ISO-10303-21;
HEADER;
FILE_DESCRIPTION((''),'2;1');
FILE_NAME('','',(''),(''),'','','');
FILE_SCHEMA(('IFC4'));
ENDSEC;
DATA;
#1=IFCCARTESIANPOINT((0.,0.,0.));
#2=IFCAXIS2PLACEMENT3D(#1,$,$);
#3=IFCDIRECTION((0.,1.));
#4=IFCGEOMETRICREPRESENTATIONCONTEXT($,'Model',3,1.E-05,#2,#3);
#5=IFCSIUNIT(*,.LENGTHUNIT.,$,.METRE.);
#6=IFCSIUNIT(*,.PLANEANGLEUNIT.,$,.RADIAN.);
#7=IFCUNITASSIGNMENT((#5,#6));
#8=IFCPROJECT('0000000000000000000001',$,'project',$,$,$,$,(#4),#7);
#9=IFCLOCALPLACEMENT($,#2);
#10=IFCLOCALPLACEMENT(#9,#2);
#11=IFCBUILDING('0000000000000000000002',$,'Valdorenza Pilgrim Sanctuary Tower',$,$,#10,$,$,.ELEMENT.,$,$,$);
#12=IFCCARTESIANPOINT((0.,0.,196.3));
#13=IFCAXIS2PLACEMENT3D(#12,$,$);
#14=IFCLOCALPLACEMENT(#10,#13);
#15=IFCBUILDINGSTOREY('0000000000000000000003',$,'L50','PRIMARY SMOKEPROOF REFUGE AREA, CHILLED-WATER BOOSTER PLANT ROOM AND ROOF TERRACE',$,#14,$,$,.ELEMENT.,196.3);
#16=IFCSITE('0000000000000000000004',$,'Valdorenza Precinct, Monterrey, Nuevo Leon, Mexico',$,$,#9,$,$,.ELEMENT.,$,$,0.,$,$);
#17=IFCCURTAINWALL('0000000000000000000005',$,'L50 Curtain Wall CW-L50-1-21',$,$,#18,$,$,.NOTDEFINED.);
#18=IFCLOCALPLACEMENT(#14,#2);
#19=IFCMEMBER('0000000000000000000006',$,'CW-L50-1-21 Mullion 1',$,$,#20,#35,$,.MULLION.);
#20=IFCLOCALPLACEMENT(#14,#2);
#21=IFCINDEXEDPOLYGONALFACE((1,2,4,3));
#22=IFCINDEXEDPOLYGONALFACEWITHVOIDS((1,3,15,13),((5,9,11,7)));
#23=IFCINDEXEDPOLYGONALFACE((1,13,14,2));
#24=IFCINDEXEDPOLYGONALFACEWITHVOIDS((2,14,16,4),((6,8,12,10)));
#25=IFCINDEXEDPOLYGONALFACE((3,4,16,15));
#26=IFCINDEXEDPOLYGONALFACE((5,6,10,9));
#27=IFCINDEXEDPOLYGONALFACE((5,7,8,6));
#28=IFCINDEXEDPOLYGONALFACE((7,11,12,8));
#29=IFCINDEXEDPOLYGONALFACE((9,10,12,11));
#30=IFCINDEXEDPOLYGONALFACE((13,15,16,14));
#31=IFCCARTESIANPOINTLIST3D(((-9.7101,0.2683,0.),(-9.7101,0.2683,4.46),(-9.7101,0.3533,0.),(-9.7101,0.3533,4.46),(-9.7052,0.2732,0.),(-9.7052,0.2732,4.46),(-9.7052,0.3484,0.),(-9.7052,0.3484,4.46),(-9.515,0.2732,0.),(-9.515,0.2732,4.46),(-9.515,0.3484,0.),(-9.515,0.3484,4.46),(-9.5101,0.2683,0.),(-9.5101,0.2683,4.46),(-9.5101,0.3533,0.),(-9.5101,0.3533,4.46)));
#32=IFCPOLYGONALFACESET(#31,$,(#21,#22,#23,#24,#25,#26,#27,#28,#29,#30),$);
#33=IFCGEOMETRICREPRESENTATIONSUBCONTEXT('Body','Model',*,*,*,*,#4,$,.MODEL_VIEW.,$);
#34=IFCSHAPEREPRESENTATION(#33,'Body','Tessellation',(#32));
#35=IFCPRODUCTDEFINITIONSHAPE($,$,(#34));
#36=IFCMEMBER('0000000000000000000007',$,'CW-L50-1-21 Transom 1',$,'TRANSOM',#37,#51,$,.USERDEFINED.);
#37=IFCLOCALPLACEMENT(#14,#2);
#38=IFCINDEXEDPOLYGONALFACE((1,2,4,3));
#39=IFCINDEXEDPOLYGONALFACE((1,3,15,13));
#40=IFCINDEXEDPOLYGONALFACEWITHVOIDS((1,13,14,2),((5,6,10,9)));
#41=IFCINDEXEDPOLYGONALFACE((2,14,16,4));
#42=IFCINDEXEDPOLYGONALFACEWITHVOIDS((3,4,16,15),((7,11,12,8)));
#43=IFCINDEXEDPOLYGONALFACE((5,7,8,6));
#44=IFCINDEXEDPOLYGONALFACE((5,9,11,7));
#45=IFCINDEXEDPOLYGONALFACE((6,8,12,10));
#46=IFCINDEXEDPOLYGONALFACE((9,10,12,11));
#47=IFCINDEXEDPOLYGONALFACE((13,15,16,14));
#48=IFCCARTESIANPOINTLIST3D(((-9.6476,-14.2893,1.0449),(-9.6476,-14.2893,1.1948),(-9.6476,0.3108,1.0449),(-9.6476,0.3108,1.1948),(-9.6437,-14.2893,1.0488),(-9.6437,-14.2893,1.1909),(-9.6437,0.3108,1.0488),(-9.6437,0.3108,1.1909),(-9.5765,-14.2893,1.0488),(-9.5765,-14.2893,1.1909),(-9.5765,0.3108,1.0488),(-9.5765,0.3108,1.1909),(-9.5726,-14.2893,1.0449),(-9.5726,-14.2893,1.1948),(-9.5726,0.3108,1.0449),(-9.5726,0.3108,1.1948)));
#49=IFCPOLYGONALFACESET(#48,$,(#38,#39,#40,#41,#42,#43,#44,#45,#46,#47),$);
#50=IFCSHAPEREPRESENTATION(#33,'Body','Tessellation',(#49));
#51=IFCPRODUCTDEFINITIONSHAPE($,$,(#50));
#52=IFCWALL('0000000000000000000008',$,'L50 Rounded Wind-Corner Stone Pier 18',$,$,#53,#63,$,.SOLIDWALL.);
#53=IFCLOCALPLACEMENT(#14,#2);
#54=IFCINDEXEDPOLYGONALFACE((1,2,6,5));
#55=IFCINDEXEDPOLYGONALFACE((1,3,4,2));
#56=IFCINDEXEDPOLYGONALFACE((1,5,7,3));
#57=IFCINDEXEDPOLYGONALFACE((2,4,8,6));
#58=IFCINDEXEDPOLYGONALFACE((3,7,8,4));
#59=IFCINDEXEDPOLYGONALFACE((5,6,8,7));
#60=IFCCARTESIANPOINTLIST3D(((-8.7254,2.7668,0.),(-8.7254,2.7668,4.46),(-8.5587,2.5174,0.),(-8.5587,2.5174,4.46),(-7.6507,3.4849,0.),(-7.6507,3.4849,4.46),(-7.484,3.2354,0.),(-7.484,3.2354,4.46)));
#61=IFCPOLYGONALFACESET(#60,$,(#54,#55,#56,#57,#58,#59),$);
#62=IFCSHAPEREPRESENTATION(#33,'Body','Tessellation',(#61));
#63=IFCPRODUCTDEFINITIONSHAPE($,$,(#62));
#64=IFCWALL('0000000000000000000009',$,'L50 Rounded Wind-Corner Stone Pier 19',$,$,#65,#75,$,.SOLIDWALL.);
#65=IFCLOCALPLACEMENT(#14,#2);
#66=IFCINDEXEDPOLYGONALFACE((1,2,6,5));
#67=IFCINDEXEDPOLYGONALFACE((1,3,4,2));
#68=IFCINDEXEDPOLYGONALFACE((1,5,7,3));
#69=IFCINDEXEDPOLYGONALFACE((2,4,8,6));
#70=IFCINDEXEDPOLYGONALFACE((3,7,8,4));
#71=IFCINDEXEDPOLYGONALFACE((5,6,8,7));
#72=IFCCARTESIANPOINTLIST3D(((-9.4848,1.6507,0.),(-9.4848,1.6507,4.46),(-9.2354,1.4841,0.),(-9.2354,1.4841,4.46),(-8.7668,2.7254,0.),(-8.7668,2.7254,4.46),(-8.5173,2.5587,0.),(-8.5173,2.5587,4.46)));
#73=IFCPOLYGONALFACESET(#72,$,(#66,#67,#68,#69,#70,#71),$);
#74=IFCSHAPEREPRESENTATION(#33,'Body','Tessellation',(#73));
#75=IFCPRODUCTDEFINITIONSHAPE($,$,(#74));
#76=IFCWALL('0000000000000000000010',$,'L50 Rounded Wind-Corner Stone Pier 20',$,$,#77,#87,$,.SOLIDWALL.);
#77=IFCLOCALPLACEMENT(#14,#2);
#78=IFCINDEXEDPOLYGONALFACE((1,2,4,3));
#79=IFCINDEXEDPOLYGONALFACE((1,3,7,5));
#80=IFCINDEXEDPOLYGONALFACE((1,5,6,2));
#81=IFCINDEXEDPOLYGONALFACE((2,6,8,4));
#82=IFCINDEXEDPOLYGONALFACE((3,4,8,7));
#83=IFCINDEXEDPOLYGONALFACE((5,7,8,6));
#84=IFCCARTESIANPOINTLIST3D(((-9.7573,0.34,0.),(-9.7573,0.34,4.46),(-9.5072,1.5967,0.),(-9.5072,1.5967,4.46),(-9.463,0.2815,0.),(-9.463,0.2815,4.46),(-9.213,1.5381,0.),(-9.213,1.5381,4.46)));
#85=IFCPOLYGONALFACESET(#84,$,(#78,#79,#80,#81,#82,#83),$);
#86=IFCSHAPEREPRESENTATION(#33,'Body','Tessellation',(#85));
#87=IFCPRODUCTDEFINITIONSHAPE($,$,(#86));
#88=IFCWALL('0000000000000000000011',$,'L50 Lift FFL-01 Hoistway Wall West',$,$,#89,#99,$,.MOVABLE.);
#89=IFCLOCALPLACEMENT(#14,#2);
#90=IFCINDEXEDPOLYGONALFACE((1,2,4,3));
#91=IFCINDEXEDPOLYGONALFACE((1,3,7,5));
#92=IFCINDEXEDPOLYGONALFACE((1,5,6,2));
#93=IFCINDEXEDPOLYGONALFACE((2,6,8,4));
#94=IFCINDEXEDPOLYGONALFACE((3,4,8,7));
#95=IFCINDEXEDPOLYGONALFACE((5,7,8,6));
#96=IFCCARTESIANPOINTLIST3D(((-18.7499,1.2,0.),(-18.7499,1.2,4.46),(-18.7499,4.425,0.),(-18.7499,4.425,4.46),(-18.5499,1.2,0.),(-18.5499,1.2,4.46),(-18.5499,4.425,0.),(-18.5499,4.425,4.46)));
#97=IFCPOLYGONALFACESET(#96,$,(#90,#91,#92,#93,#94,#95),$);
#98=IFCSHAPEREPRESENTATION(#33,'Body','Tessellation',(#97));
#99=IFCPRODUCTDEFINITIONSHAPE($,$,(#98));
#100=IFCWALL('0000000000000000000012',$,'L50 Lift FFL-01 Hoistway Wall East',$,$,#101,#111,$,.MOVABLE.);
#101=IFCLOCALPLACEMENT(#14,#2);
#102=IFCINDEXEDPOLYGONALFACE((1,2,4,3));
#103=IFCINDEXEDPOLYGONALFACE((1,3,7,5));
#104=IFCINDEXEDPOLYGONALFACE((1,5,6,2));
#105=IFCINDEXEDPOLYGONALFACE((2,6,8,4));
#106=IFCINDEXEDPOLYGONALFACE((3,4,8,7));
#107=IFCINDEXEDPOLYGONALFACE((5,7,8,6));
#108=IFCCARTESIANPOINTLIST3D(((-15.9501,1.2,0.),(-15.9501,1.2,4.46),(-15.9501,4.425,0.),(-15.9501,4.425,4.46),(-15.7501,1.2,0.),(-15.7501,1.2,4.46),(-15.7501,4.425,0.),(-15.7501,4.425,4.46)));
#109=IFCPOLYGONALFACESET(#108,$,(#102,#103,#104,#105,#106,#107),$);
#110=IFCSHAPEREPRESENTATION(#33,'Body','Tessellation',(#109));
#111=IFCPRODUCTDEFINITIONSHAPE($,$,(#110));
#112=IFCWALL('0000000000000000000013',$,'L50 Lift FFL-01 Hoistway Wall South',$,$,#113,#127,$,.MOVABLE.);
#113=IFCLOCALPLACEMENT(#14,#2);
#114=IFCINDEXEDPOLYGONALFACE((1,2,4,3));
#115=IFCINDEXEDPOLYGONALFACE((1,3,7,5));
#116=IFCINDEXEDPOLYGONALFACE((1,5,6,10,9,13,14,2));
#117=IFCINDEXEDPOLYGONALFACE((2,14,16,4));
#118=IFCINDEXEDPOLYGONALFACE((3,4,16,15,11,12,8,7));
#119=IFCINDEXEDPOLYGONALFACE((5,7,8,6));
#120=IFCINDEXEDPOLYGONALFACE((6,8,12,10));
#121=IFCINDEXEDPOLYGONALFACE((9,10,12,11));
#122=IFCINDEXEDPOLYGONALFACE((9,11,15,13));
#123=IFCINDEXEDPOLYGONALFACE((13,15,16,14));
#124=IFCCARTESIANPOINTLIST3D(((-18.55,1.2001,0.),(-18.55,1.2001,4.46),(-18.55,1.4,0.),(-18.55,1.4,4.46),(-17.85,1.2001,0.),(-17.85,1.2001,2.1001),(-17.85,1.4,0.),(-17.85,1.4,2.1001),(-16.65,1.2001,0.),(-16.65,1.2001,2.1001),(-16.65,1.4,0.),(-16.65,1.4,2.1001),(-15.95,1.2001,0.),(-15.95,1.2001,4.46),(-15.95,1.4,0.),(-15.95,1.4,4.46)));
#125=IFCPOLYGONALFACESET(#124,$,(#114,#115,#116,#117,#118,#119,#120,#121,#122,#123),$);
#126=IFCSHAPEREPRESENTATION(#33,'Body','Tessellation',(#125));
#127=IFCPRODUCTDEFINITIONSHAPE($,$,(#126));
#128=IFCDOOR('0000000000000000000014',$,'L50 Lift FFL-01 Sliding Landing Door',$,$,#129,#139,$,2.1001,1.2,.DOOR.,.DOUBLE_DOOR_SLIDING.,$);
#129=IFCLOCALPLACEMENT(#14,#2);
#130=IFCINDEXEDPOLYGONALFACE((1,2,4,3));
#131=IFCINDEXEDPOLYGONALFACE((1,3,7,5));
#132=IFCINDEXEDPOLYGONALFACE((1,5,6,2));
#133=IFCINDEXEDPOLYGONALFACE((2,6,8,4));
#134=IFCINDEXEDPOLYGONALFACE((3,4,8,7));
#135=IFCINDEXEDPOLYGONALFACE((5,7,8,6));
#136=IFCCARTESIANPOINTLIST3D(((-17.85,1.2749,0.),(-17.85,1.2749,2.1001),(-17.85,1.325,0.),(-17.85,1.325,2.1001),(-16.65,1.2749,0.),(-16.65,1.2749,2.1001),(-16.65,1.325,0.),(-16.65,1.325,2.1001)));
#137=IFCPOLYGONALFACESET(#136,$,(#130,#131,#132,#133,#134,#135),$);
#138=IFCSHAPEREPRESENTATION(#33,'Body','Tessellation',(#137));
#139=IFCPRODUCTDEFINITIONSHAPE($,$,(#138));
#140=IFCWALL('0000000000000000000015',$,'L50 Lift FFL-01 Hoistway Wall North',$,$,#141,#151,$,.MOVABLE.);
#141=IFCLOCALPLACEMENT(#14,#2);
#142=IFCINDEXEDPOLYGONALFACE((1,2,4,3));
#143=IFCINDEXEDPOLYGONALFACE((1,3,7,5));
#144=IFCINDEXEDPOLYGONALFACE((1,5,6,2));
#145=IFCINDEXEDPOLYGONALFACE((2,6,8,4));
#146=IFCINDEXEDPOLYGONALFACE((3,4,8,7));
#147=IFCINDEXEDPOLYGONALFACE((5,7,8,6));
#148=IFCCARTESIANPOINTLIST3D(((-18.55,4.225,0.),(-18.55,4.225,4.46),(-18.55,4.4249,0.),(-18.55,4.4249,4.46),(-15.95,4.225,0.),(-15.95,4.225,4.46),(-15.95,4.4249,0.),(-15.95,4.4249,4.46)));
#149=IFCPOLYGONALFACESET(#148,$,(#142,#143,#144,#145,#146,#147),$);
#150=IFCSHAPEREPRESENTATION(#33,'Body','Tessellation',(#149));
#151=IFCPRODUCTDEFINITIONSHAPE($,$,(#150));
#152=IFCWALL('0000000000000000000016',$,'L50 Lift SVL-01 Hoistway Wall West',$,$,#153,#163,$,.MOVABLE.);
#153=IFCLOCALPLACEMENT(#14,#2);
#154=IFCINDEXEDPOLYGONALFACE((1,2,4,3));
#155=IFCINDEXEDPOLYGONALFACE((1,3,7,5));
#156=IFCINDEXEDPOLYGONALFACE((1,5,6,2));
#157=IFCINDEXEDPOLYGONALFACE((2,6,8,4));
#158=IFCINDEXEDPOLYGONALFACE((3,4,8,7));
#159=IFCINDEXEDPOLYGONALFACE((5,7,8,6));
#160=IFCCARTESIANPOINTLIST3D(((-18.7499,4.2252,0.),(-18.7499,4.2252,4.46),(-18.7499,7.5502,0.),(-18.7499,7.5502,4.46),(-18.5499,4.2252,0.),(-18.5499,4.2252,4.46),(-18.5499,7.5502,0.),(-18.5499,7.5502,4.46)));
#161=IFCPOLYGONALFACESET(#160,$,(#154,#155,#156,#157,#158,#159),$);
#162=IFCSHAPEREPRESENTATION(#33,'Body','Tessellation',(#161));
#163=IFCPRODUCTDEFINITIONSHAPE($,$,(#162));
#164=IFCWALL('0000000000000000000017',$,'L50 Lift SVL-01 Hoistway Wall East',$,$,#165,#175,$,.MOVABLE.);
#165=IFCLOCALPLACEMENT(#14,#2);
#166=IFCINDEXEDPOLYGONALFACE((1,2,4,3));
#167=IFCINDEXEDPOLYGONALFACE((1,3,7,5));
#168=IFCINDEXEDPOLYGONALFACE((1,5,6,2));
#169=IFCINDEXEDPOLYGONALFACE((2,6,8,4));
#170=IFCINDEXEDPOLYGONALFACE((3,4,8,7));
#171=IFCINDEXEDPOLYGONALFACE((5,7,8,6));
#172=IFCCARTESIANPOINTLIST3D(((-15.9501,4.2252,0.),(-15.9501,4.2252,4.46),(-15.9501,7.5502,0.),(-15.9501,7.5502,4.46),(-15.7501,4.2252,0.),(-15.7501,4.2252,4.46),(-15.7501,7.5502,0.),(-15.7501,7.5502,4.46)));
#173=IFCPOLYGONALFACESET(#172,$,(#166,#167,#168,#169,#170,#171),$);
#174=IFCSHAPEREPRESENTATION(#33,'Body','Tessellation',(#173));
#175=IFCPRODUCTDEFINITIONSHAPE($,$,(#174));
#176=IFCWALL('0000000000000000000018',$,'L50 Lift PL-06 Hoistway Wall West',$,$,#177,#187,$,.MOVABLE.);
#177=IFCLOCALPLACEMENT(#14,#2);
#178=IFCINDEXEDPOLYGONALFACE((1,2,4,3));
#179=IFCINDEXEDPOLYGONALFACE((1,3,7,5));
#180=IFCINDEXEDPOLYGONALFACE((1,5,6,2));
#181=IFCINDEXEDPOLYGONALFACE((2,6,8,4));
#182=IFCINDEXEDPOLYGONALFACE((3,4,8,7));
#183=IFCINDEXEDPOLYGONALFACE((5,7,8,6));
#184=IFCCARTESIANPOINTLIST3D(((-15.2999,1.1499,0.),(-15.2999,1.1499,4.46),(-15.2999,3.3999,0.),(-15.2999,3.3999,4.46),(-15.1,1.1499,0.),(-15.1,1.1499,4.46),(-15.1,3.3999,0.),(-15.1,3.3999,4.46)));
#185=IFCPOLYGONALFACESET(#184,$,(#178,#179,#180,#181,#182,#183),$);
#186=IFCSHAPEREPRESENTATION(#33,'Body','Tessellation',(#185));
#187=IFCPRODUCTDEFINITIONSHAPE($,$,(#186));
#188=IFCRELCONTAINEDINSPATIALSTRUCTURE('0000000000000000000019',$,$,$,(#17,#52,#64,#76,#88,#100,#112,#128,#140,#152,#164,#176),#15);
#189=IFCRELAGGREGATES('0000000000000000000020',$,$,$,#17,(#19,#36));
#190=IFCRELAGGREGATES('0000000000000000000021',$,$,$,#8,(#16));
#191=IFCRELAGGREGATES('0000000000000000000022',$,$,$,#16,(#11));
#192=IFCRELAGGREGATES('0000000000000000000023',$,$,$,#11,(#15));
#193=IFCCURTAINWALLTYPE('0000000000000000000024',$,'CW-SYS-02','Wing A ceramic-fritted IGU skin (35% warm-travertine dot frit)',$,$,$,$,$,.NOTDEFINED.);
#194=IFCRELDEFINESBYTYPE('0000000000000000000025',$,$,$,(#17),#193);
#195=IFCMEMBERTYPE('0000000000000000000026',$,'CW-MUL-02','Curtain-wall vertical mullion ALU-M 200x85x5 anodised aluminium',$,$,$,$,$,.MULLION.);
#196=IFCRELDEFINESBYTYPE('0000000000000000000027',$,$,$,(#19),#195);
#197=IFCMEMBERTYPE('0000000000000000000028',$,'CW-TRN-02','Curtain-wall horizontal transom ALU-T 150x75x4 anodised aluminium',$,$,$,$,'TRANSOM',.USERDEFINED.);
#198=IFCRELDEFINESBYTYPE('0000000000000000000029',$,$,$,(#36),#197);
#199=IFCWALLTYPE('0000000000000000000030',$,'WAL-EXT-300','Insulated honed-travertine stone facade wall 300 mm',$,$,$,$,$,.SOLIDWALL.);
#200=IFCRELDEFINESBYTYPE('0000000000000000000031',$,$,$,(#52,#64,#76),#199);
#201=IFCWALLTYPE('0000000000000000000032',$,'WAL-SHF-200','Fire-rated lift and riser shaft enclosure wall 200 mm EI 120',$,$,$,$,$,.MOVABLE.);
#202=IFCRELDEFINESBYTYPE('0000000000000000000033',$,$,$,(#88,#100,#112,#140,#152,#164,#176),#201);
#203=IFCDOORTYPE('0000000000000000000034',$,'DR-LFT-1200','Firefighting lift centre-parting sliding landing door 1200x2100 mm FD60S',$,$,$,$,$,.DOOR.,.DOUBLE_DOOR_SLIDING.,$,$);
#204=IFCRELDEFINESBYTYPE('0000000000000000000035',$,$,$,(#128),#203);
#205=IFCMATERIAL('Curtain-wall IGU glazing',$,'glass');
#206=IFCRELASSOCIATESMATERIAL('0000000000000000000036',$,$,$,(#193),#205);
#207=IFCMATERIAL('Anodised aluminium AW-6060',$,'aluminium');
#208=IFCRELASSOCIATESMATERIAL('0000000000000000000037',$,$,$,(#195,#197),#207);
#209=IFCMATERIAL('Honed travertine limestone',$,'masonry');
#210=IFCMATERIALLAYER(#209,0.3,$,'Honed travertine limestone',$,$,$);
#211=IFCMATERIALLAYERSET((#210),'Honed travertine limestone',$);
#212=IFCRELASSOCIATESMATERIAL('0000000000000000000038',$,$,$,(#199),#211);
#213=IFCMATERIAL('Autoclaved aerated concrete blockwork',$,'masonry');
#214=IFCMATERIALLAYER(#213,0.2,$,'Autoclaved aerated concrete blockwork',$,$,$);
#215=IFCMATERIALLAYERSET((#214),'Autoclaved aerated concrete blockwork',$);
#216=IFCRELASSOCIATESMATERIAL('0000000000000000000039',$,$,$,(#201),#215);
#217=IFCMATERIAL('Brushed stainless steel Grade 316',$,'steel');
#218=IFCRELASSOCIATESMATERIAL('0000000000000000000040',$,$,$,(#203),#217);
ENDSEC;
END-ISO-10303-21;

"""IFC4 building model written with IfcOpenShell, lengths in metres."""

from ifc_helpers import new_model, si_unit, direction, frame, frame_2d, origin, origin_2d, place, context, subcontext, project, spatial, rectangle, hollow_rectangle, extrude, source, transform, mapped, material, layer, layer_set, material_profile, profile_set, type_object, element, fill, aggregate, save


model = new_model("IFC4")

# Units and contexts
model_context = context("Model", 3, precision=1e-05, world=origin(), true_north=direction((0.0, 1.0)))
body_context = subcontext(model_context, "Body", "Model", "MODEL_VIEW")
ifc_project = project(units=[si_unit("LENGTHUNIT", "METRE"), si_unit("PLANEANGLEUNIT", "RADIAN")], contexts=[model_context])

# Site, building, storey
site_placement = place(None, origin())
site = spatial("IfcSite", under=ifc_project, at=site_placement, Name="Valdorenza Precinct, Monterrey, Nuevo Leon, Mexico", CompositionType="ELEMENT", RefElevation=0.0)
building_placement = place(site_placement, origin())
building = spatial("IfcBuilding", under=site, at=building_placement, Name="Valdorenza Pilgrim Sanctuary Tower", CompositionType="ELEMENT")
storey_placement = place(building_placement, frame((0.0, 0.0, 196.3)))
storey = spatial("IfcBuildingStorey", under=building, at=storey_placement, Name="L50", Description="PRIMARY SMOKEPROOF REFUGE AREA, CHILLED-WATER BOOSTER PLANT ROOM AND ROOF TERRACE", CompositionType="ELEMENT", Elevation=196.3)

# Curtain wall, members
ifc_material_1 = material(Name="Curtain-wall IGU glazing", Category="glass")
curtain_wall_type = type_object("IfcCurtainWallType", Name="CW-SYS-02", Description="Wing A ceramic-fritted IGU skin (35% warm-travertine dot frit)", PredefinedType="NOTDEFINED", material=ifc_material_1)
curtain_wall_placement = place(storey_placement, origin())
curtain_wall = element("IfcCurtainWall", 1, at=curtain_wall_placement, inside=storey, type_object=curtain_wall_type, Name="L50 Curtain Wall CW-L50-1-21", PredefinedType="NOTDEFINED")
ifc_material_2 = material(Name="Anodised aluminium AW-6060", Category="aluminium")
ifc_material_profile_1 = material_profile(ifc_material_2, hollow_rectangle(XDim=0.085, YDim=0.2, WallThickness=0.0049, at=origin_2d()), Name="ALU-M 200x85x5")
ifc_profile_set_1 = profile_set([ifc_material_profile_1], Name="Anodised aluminium AW-6060")
member_type_1 = type_object("IfcMemberType", Name="CW-MUL-02", Description="Curtain-wall vertical mullion ALU-M 200x85x5 anodised aluminium", PredefinedType="MULLION", material=ifc_profile_set_1)
shared_shape_1 = source(origin(), body_context, "Body", "SweptSolid", [
    extrude(hollow_rectangle(XDim=0.085, YDim=0.2, WallThickness=0.0049, at=origin_2d()), origin(), (0.0, 0.0, 1.0), 4.46),
])
member_1_placement = place(storey_placement, frame((-9.6101, 0.3108, 0.0), z_axis=(0.0, 0.0, 1.0), x_axis=(0.0, -1.0, 0.0)))
member_1 = element("IfcMember", 2, at=member_1_placement, type_object=member_type_1, Name="CW-L50-1-21 Mullion 1", PredefinedType="MULLION", context=body_context, shape_type="MappedRepresentation", body=[
    mapped(shared_shape_1, transform((0.0, 0.0, 0.0), x_axis=(1.0, 0.0, 0.0), y_axis=(0.0, 1.0, 0.0), z_axis=(0.0, 0.0, 1.0), scale=1.0)),
])
ifc_material_profile_2 = material_profile(ifc_material_2, hollow_rectangle(XDim=0.075, YDim=0.1499, WallThickness=0.0039, at=origin_2d()), Name="ALU-T 150x75x4")
ifc_profile_set_2 = profile_set([ifc_material_profile_2], Name="Anodised aluminium AW-6060")
member_type_2 = type_object("IfcMemberType", Name="CW-TRN-02", Description="Curtain-wall horizontal transom ALU-T 150x75x4 anodised aluminium", ElementType="TRANSOM", PredefinedType="USERDEFINED", material=ifc_profile_set_2)
shared_shape_2 = source(origin(), body_context, "Body", "SweptSolid", [
    extrude(hollow_rectangle(XDim=0.075, YDim=0.1499, WallThickness=0.0039, at=origin_2d()), origin(), (0.0, 0.0, 1.0), 14.6001),
])
member_2_placement = place(storey_placement, frame((-9.6101, 0.3108, 1.1199), z_axis=(0.0, -1.0, 0.0), x_axis=(1.0, 0.0, 0.0)))
member_2 = element("IfcMember", 3, at=member_2_placement, type_object=member_type_2, Name="CW-L50-1-21 Transom 1", ObjectType="TRANSOM", PredefinedType="USERDEFINED", context=body_context, shape_type="MappedRepresentation", body=[
    mapped(shared_shape_2, transform((0.0, 0.0, 0.0), x_axis=(1.0, 0.0, 0.0), y_axis=(0.0, 1.0, 0.0), z_axis=(0.0, 0.0, 1.0), scale=1.0)),
])
aggregate(curtain_wall, [member_1, member_2])

# Walls
ifc_material_3 = material(Name="Honed travertine limestone", Category="masonry")
ifc_layer_1 = layer(ifc_material_3, 0.3, Name="Honed travertine limestone")
ifc_layer_set_1 = layer_set([ifc_layer_1], Name="Honed travertine limestone")
wall_type_1 = type_object("IfcWallType", Name="WAL-EXT-300", Description="Insulated honed-travertine stone facade wall 300 mm", PredefinedType="SOLIDWALL", material=ifc_layer_set_1)
for number, where, z_axis, x_axis, name in (
    (4, (-7.5674, 3.3601, 0.0), (0.0, 0.0, 1.0), (-0.831498, -0.555528, 0.0), "L50 Rounded Wind-Corner Stone Pier 18"),
    (5, (-8.6421, 2.6421, 0.0), (0.0, 0.0, 1.0), (-0.555528, -0.831498, 0.0), "L50 Rounded Wind-Corner Stone Pier 19"),
):
    element("IfcWall", number, at=place(storey_placement, frame(where, z_axis=z_axis, x_axis=x_axis)), inside=storey, type_object=wall_type_1, Name=name, PredefinedType="SOLIDWALL", context=body_context, shape_type="SweptSolid", body=[
        extrude(rectangle(XDim=1.2925, YDim=0.3, at=frame_2d((0.6462, 0.0))), origin(), (0.0, 0.0, 1.0), 4.46),
    ])
wall_1_placement = place(storey_placement, frame((-9.3601, 1.5674, 0.0), z_axis=(0.0, 0.0, 1.0), x_axis=(-0.195127, -0.980778, 0.0)))
element("IfcWall", 6, at=wall_1_placement, inside=storey, type_object=wall_type_1, Name="L50 Rounded Wind-Corner Stone Pier 20", PredefinedType="SOLIDWALL", context=body_context, shape_type="SweptSolid", body=[
    extrude(rectangle(XDim=1.2812, YDim=0.3, at=frame_2d((0.6406, 0.0))), origin(), (0.0, 0.0, 1.0), 4.46),
])
ifc_material_4 = material(Name="Autoclaved aerated concrete blockwork", Category="masonry")
ifc_layer_2 = layer(ifc_material_4, 0.2, Name="Autoclaved aerated concrete blockwork")
ifc_layer_set_2 = layer_set([ifc_layer_2], Name="Autoclaved aerated concrete blockwork")
wall_type_2 = type_object("IfcWallType", Name="WAL-SHF-200", Description="Fire-rated lift and riser shaft enclosure wall 200 mm EI 120", PredefinedType="MOVABLE", material=ifc_layer_set_2)
for number, where, z_axis, x_axis, name in (
    (7, (-18.6499, 1.2, 0.0), (0.0, 0.0, 1.0), (0.0, 1.0, 0.0), "L50 Lift FFL-01 Hoistway Wall West"),
    (8, (-15.8501, 1.2, 0.0), (0.0, 0.0, 1.0), (0.0, 1.0, 0.0), "L50 Lift FFL-01 Hoistway Wall East"),
):
    element("IfcWall", number, at=place(storey_placement, frame(where, z_axis=z_axis, x_axis=x_axis)), inside=storey, type_object=wall_type_2, Name=name, PredefinedType="MOVABLE", context=body_context, shape_type="SweptSolid", body=[
        extrude(rectangle(XDim=3.2251, YDim=0.2, at=frame_2d((1.6125, 0.0))), origin(), (0.0, 0.0, 1.0), 4.46),
    ])

# Wall, opening, door
wall_2_placement = place(storey_placement, frame((-18.55, 1.3, 0.0), z_axis=(0.0, 0.0, 1.0), x_axis=(1.0, 0.0, 0.0)))
wall_2 = element("IfcWall", 9, at=wall_2_placement, inside=storey, type_object=wall_type_2, Name="L50 Lift FFL-01 Hoistway Wall South", PredefinedType="MOVABLE", context=body_context, shape_type="SweptSolid", body=[
    extrude(rectangle(XDim=2.6001, YDim=0.2, at=frame_2d((1.3, 0.0))), origin(), (0.0, 0.0, 1.0), 4.46),
])
opening_1_placement = place(wall_2_placement, frame((0.7, 0.0, 0.0)))
opening_1 = element("IfcOpeningElement", 10, at=opening_1_placement, cuts=wall_2, PredefinedType="OPENING", context=body_context, shape_type="SweptSolid", body=[
    extrude(rectangle(XDim=1.2, YDim=2.1001, at=frame_2d((0.6001, 1.05))), frame((0.0, 0.1147, 0.0), z_axis=(0.0, -1.0, 0.0), x_axis=(1.0, 0.0, 0.0)), (0.0, 0.0, 1.0), 0.2297),
])
ifc_material_5 = material(Name="Brushed stainless steel Grade 316", Category="steel")
door_type_1 = type_object("IfcDoorType", Name="DR-LFT-1200", Description="Firefighting lift centre-parting sliding landing door 1200x2100 mm FD60S", OperationType="DOUBLE_DOOR_SLIDING", PredefinedType="DOOR", material=ifc_material_5)
door_1_placement = place(opening_1_placement, origin())
door_1 = element("IfcDoor", 11, at=door_1_placement, inside=storey, type_object=door_type_1, Name="L50 Lift FFL-01 Sliding Landing Door", OperationType="DOUBLE_DOOR_SLIDING", OverallHeight=2.1001, OverallWidth=1.2, PredefinedType="DOOR", context=body_context, shape_type="SweptSolid", body=[
    extrude(rectangle(XDim=1.2, YDim=2.1001, at=frame_2d((0.6001, 1.05))), frame((0.0, 0.0249, 0.0), z_axis=(0.0, -1.0, 0.0), x_axis=(1.0, 0.0, 0.0)), (0.0, 0.0, 1.0), 0.05),
])
fill(opening_1, door_1)

# Walls
wall_3_placement = place(storey_placement, frame((-18.55, 4.325, 0.0), z_axis=(0.0, 0.0, 1.0), x_axis=(1.0, 0.0, 0.0)))
element("IfcWall", 12, at=wall_3_placement, inside=storey, type_object=wall_type_2, Name="L50 Lift FFL-01 Hoistway Wall North", PredefinedType="MOVABLE", context=body_context, shape_type="SweptSolid", body=[
    extrude(rectangle(XDim=2.6001, YDim=0.2, at=frame_2d((1.3, 0.0))), origin(), (0.0, 0.0, 1.0), 4.46),
])
for number, where, z_axis, x_axis, name in (
    (13, (-18.6499, 4.2251, 0.0), (0.0, 0.0, 1.0), (0.0, 1.0, 0.0), "L50 Lift SVL-01 Hoistway Wall West"),
    (14, (-15.8501, 4.2251, 0.0), (0.0, 0.0, 1.0), (0.0, 1.0, 0.0), "L50 Lift SVL-01 Hoistway Wall East"),
):
    element("IfcWall", number, at=place(storey_placement, frame(where, z_axis=z_axis, x_axis=x_axis)), inside=storey, type_object=wall_type_2, Name=name, PredefinedType="MOVABLE", context=body_context, shape_type="SweptSolid", body=[
        extrude(rectangle(XDim=3.325, YDim=0.2, at=frame_2d((1.6626, 0.0))), origin(), (0.0, 0.0, 1.0), 4.46),
    ])
wall_4_placement = place(storey_placement, frame((-15.2, 1.1499, 0.0), z_axis=(0.0, 0.0, 1.0), x_axis=(0.0, 1.0, 0.0)))
element("IfcWall", 15, at=wall_4_placement, inside=storey, type_object=wall_type_2, Name="L50 Lift PL-06 Hoistway Wall West", PredefinedType="MOVABLE", context=body_context, shape_type="SweptSolid", body=[
    extrude(rectangle(XDim=2.25, YDim=0.2, at=frame_2d((1.125, 0.0))), origin(), (0.0, 0.0, 1.0), 4.46),
])

save(model, "model.ifc")
